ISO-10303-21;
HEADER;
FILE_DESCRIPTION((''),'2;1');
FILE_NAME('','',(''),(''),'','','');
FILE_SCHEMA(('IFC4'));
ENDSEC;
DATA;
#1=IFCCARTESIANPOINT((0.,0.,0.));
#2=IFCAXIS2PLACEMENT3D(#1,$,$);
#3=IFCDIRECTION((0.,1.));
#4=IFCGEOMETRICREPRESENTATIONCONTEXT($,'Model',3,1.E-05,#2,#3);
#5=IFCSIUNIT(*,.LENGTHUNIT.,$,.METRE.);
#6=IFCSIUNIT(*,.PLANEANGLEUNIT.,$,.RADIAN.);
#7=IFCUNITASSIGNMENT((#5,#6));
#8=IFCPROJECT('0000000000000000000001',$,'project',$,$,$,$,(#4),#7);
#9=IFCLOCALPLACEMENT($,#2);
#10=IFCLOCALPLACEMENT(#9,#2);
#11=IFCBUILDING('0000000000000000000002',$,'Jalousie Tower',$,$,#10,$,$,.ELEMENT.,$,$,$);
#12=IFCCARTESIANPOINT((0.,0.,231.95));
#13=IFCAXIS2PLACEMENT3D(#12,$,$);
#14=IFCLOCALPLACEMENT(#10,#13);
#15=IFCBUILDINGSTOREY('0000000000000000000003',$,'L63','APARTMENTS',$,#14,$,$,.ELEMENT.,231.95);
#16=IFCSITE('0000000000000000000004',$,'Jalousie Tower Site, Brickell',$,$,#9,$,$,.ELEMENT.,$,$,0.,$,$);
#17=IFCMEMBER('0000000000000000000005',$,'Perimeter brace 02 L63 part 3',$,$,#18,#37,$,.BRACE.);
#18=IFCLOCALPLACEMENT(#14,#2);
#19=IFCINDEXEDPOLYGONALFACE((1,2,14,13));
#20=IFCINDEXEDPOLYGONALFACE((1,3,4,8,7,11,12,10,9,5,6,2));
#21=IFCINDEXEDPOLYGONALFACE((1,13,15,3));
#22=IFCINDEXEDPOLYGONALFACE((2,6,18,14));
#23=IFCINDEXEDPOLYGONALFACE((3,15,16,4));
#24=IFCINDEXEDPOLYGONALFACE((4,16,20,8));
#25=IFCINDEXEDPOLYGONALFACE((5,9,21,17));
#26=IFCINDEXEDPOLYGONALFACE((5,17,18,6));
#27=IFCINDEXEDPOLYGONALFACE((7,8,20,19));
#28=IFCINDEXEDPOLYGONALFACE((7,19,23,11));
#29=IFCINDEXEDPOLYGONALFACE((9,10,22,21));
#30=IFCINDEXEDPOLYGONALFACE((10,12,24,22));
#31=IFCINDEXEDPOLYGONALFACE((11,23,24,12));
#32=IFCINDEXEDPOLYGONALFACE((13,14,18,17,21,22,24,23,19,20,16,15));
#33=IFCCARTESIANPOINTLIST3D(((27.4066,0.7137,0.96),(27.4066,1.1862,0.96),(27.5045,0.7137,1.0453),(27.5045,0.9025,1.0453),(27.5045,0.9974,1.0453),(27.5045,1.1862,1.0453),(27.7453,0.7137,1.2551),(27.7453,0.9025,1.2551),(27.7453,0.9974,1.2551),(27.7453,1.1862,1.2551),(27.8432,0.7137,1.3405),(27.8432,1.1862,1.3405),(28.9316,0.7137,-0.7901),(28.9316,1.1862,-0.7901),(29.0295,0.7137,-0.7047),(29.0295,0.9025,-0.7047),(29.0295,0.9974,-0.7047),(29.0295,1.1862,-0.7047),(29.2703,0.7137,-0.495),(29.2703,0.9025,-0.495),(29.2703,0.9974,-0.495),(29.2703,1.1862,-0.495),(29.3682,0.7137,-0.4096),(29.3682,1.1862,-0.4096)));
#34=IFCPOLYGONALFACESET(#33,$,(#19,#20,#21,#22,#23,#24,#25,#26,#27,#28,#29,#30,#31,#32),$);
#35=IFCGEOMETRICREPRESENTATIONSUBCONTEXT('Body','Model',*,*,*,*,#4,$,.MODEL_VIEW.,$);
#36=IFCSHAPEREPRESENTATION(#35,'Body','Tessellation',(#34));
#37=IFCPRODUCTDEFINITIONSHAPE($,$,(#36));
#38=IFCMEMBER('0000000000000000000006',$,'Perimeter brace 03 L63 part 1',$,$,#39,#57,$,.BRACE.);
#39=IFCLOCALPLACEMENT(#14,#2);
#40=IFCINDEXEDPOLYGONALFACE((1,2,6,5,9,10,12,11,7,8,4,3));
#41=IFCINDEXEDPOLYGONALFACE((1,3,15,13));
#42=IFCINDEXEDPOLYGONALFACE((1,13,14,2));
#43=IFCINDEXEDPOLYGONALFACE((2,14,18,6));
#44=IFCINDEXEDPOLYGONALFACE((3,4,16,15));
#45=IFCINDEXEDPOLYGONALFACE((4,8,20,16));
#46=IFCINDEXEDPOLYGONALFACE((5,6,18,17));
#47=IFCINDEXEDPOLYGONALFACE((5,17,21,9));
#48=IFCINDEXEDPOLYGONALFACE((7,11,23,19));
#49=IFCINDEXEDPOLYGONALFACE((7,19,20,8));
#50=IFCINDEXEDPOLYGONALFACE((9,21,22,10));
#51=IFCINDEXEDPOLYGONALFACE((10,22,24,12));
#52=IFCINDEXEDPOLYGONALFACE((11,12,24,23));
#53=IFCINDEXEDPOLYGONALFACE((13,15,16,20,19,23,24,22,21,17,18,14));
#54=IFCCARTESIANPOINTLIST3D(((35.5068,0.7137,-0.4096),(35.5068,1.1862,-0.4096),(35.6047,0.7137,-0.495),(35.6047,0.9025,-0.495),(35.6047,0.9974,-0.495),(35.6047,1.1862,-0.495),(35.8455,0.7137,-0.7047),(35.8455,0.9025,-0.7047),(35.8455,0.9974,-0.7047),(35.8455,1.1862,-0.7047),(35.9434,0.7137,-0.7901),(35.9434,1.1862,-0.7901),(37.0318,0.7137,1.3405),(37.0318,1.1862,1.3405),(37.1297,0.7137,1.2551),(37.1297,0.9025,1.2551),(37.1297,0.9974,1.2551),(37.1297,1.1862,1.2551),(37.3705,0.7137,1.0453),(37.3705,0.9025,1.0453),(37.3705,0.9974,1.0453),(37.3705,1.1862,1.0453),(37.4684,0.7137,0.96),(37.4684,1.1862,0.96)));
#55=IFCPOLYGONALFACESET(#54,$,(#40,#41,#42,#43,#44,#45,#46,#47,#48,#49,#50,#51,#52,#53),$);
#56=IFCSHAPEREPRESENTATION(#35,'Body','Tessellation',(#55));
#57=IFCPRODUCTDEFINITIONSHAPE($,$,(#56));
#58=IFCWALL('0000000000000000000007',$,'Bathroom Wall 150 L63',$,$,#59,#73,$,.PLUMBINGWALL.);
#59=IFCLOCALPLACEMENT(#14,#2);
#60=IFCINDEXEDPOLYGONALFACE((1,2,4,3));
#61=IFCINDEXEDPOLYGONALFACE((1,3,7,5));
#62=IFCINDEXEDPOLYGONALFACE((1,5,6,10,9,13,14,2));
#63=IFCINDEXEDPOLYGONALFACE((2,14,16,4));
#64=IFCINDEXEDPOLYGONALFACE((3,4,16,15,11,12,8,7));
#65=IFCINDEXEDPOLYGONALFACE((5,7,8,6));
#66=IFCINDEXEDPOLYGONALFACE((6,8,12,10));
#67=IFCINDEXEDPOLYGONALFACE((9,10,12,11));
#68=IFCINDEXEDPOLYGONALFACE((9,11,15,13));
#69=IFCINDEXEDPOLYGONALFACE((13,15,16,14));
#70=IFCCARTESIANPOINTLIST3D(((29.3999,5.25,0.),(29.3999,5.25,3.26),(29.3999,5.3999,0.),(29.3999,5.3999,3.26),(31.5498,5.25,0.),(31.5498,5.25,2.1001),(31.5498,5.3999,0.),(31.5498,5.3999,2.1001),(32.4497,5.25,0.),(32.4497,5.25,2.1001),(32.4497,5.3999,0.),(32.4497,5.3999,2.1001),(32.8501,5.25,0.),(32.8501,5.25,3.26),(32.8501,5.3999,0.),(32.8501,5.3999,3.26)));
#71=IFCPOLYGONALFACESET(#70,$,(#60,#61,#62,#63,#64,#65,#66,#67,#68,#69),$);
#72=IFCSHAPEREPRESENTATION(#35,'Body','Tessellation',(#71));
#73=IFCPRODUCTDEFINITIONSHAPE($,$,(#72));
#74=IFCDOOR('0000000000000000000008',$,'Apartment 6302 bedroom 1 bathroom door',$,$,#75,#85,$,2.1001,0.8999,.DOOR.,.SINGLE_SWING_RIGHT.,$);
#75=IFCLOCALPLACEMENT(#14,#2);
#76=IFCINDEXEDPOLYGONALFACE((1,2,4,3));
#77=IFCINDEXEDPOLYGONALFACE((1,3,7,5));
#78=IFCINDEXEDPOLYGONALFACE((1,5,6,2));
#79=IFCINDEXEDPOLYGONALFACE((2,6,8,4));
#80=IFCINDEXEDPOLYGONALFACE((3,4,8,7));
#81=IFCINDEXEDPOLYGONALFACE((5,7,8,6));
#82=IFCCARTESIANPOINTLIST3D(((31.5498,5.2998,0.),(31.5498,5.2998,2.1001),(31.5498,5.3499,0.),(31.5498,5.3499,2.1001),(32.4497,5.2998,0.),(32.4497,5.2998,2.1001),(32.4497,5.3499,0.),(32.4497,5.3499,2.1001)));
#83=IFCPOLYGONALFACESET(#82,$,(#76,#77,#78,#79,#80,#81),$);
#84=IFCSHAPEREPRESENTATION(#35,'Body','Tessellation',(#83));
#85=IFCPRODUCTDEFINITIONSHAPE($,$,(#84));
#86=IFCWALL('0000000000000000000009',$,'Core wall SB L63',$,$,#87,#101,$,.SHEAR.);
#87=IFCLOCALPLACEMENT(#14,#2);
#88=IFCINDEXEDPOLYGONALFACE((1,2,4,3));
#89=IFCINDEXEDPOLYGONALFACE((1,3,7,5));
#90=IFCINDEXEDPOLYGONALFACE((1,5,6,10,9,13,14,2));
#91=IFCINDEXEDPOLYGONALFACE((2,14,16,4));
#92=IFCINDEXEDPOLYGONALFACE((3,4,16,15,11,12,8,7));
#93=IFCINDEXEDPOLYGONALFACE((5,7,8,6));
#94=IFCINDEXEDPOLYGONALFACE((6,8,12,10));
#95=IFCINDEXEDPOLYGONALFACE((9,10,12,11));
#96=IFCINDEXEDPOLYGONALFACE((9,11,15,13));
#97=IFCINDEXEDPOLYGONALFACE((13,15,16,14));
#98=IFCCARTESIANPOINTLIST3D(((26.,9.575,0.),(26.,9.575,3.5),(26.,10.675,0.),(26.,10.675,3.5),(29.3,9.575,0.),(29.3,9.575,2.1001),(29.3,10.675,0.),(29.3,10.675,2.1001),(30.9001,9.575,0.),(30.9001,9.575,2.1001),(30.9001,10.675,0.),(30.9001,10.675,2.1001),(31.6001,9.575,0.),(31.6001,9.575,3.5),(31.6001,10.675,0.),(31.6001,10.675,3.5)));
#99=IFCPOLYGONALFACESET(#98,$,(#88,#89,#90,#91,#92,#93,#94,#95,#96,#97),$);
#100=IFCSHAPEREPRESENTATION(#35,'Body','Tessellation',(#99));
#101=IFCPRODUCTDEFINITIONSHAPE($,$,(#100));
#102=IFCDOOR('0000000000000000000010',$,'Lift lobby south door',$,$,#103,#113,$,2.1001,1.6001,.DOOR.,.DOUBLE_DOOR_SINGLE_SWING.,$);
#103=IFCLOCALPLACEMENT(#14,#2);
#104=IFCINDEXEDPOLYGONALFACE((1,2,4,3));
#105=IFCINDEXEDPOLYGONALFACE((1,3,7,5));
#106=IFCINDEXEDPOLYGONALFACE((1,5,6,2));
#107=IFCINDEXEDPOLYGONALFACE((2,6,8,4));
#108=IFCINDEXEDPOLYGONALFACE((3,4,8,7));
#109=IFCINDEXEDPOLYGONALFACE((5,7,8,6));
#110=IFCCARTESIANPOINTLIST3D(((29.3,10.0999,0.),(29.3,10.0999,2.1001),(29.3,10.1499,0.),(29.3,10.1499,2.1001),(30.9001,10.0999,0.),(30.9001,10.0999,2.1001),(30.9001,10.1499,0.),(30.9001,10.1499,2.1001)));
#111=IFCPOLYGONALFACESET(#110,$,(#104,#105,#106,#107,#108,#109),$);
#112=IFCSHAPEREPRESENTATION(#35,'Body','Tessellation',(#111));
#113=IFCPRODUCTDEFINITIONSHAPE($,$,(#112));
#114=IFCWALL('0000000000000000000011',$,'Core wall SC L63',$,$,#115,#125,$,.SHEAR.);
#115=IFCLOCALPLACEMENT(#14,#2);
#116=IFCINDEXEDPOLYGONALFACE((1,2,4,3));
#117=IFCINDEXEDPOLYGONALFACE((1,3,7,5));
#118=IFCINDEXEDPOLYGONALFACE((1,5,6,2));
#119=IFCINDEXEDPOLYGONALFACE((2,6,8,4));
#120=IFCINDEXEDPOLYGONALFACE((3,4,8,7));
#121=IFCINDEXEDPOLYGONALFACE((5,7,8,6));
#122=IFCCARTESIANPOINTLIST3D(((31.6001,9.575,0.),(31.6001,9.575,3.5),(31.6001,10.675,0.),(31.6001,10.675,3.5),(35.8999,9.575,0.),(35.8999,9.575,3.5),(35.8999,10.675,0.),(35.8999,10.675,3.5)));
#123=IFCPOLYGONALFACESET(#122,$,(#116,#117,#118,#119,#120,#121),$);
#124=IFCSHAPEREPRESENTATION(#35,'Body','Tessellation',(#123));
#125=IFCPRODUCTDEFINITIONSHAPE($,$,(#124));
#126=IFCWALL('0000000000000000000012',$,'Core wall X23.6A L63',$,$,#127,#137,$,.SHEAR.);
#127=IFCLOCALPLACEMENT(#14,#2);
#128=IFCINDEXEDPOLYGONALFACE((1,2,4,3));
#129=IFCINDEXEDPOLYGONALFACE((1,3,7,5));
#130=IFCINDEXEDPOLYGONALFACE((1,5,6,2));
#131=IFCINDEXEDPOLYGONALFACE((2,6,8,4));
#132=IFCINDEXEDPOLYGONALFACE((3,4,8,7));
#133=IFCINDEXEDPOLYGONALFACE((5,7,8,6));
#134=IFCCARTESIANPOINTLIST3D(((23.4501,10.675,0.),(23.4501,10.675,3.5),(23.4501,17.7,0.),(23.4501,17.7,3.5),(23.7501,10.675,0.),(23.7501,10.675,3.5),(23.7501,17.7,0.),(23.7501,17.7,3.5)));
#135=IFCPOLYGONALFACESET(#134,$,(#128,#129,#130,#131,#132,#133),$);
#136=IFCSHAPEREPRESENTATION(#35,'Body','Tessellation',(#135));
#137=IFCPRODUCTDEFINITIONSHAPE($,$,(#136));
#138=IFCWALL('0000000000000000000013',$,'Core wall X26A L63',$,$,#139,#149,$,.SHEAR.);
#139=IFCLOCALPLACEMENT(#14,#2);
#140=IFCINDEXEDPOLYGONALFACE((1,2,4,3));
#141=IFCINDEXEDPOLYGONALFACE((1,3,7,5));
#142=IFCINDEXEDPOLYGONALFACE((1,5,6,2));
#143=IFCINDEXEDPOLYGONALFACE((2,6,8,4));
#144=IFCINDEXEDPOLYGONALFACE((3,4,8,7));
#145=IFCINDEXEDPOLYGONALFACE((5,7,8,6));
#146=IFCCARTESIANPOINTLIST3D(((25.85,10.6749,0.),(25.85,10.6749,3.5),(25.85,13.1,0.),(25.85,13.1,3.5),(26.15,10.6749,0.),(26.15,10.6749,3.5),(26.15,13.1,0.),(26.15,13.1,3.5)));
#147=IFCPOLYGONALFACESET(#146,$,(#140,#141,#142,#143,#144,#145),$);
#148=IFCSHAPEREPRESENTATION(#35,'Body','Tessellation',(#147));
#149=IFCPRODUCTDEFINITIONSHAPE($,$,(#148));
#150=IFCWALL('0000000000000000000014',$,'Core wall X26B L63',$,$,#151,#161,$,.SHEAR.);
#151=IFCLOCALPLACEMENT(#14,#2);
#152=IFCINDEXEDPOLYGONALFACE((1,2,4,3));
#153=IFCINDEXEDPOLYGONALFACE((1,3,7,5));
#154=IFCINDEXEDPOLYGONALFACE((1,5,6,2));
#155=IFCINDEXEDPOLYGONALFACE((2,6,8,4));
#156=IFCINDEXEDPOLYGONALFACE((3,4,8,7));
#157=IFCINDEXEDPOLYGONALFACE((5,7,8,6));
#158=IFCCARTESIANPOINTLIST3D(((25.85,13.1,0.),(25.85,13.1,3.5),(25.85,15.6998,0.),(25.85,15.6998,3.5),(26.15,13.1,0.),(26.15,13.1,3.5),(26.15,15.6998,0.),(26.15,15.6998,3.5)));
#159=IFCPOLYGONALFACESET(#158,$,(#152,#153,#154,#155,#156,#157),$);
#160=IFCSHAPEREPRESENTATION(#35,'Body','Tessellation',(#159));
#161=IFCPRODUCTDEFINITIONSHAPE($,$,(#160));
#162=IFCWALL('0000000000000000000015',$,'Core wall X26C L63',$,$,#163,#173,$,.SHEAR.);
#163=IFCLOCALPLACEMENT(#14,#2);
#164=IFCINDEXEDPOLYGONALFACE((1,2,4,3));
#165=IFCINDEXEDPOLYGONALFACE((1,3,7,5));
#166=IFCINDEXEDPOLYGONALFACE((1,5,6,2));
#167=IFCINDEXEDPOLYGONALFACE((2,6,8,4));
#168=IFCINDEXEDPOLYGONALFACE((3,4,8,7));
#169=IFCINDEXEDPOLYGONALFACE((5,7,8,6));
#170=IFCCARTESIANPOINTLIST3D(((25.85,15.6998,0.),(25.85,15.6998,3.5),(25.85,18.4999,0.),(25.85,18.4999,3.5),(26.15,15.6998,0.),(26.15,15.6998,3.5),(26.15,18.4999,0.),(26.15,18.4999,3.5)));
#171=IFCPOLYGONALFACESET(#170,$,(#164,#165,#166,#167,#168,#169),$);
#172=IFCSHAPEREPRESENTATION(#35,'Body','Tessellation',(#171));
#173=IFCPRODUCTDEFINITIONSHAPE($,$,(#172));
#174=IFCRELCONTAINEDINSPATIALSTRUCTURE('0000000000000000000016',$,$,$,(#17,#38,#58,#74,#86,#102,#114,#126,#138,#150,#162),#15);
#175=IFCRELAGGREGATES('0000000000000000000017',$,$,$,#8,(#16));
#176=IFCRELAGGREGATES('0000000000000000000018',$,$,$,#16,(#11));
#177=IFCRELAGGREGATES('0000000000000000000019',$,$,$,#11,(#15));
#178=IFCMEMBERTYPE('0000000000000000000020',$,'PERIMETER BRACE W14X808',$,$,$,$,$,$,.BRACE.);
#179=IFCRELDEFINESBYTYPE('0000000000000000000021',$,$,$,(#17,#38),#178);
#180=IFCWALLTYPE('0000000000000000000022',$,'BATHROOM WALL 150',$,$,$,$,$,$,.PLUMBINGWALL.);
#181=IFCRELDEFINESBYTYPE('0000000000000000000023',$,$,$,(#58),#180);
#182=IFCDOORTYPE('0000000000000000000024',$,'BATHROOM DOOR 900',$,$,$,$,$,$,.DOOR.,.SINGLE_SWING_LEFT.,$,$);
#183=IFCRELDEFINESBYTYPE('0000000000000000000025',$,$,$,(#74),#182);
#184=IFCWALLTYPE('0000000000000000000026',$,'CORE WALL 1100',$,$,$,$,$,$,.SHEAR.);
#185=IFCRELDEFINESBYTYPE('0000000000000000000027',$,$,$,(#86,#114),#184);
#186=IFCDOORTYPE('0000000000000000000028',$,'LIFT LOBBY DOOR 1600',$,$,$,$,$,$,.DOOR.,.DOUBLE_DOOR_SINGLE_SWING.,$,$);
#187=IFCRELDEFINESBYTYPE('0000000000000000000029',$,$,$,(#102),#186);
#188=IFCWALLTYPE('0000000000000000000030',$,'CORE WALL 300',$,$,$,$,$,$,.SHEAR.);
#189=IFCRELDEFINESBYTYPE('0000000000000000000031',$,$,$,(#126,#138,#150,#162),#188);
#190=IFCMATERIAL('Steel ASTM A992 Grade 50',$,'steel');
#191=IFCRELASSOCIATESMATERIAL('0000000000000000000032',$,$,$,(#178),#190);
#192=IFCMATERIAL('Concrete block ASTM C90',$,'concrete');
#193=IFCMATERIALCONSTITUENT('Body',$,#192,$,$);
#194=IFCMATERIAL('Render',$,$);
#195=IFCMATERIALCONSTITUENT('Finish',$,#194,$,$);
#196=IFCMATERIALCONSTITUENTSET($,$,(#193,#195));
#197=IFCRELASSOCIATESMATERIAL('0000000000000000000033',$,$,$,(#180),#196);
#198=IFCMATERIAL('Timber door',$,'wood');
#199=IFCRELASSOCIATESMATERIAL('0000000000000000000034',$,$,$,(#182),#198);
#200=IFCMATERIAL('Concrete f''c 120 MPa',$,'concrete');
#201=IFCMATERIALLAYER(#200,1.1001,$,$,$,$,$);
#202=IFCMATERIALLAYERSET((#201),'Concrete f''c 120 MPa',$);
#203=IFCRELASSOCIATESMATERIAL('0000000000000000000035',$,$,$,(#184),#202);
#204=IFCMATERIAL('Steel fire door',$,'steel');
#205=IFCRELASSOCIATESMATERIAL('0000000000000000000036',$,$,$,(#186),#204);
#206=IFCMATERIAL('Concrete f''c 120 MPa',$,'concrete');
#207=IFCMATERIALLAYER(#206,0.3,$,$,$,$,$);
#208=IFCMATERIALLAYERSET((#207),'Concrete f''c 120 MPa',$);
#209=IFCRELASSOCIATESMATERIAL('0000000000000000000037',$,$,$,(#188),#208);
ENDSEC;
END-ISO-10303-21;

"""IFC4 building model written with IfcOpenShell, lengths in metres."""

from ifc_helpers import new_model, si_unit, direction, frame, frame_2d, origin, origin_2d, place, context, subcontext, project, spatial, rectangle, i_section, extrude, material, layer, layer_set, constituent, constituent_set, material_profile, profile_set, type_object, element, fill, save


model = new_model("IFC4")

# Units and contexts
model_context = context("Model", 3, precision=1e-05, world=origin(), true_north=direction((0.0, 1.0)))
body_context = subcontext(model_context, "Body", "Model", "MODEL_VIEW")
ifc_project = project(units=[si_unit("LENGTHUNIT", "METRE"), si_unit("PLANEANGLEUNIT", "RADIAN")], contexts=[model_context])

# Site, building, storey
site_placement = place(None, origin())
site = spatial("IfcSite", under=ifc_project, at=site_placement, Name="Jalousie Tower Site, Brickell", CompositionType="ELEMENT", RefElevation=0.0)
building_placement = place(site_placement, origin())
building = spatial("IfcBuilding", under=site, at=building_placement, Name="Jalousie Tower", CompositionType="ELEMENT")
storey_placement = place(building_placement, frame((0.0, 0.0, 231.95)))
storey = spatial("IfcBuildingStorey", under=building, at=storey_placement, Name="L63", Description="APARTMENTS", CompositionType="ELEMENT", Elevation=231.95)

# Members
ifc_material_1 = material(Name="Steel ASTM A992 Grade 50", Category="steel")
ifc_material_profile = material_profile(ifc_material_1, i_section(OverallWidth=0.4724, OverallDepth=0.5791, WebThickness=0.095, FlangeThickness=0.1299, at=origin_2d()), Name="W14X808")
ifc_profile_set = profile_set([ifc_material_profile], Name="Steel ASTM A992 Grade 50")
member_type = type_object("IfcMemberType", Name="PERIMETER BRACE W14X808", PredefinedType="BRACE", material=ifc_profile_set)
for number, where, z_axis, x_axis, name in (
    (1, (29.1499, 0.95, -0.5999), (-0.656954, 0.0, 0.75393), (0.0, -1.0, 0.0), "Perimeter brace 02 L63 part 3"),
    (2, (35.7251, 0.95, -0.5999), (0.656954, 0.0, 0.75393), (0.0, 1.0, 0.0), "Perimeter brace 03 L63 part 1"),
):
    element("IfcMember", number, at=place(storey_placement, frame(where, z_axis=z_axis, x_axis=x_axis)), inside=storey, type_object=member_type, Name=name, PredefinedType="BRACE", context=body_context, shape_type="SweptSolid", body=[
        extrude(i_section(OverallWidth=0.4724, OverallDepth=0.5791, WebThickness=0.095, FlangeThickness=0.1299, at=origin_2d()), origin(), (0.0, 0.0, 1.0), 2.3213),
    ])

# Walls, openings, doors
ifc_material_2 = material(Name="Concrete block ASTM C90", Category="concrete")
ifc_constituent_1 = constituent(ifc_material_2, Name="Body")
ifc_material_3 = material(Name="Render")
ifc_constituent_2 = constituent(ifc_material_3, Name="Finish")
ifc_constituent_set_1 = constituent_set(constituents=[ifc_constituent_1, ifc_constituent_2])
wall_type_1 = type_object("IfcWallType", Name="BATHROOM WALL 150", PredefinedType="PLUMBINGWALL", material=ifc_constituent_set_1)
wall_1_placement = place(storey_placement, frame((29.3999, 5.325, 0.0), z_axis=(0.0, 0.0, 1.0), x_axis=(1.0, 0.0, 0.0)))
wall_1 = element("IfcWall", 3, at=wall_1_placement, inside=storey, type_object=wall_type_1, Name="Bathroom Wall 150 L63", PredefinedType="PLUMBINGWALL", context=body_context, shape_type="SweptSolid", body=[
    extrude(rectangle(XDim=3.4502, YDim=0.1499, at=frame_2d((1.7251, 0.0))), origin(), (0.0, 0.0, 1.0), 3.26),
])
opening_1_placement = place(wall_1_placement, frame((2.1499, 0.0, 0.0)))
opening_1 = element("IfcOpeningElement", 4, at=opening_1_placement, cuts=wall_1, PredefinedType="OPENING", context=body_context, shape_type="SweptSolid", body=[
    extrude(rectangle(XDim=0.8999, YDim=2.1001, at=frame_2d((0.45, 1.05))), frame((0.0, 0.085, 0.0), z_axis=(0.0, -1.0, 0.0), x_axis=(1.0, 0.0, 0.0)), (0.0, 0.0, 1.0), 0.1699),
])
ifc_material_4 = material(Name="Timber door", Category="wood")
door_type_1 = type_object("IfcDoorType", Name="BATHROOM DOOR 900", OperationType="SINGLE_SWING_LEFT", PredefinedType="DOOR", material=ifc_material_4)
door_1_placement = place(opening_1_placement, origin())
door_1 = element("IfcDoor", 5, at=door_1_placement, inside=storey, type_object=door_type_1, Name="Apartment 6302 bedroom 1 bathroom door", OperationType="SINGLE_SWING_RIGHT", OverallHeight=2.1001, OverallWidth=0.8999, PredefinedType="DOOR", context=body_context, shape_type="SweptSolid", body=[
    extrude(rectangle(XDim=0.8999, YDim=2.1001, at=frame_2d((0.45, 1.05))), frame((0.0, 0.0249, 0.0), z_axis=(0.0, -1.0, 0.0), x_axis=(1.0, 0.0, 0.0)), (0.0, 0.0, 1.0), 0.05),
])
fill(opening_1, door_1)
ifc_material_5 = material(Name="Concrete f'c 120 MPa", Category="concrete")
ifc_layer_1 = layer(ifc_material_5, 1.1001)
ifc_layer_set_1 = layer_set([ifc_layer_1], Name="Concrete f'c 120 MPa")
wall_type_2 = type_object("IfcWallType", Name="CORE WALL 1100", PredefinedType="SHEAR", material=ifc_layer_set_1)
wall_2_placement = place(storey_placement, frame((26.0, 10.125, 0.0), z_axis=(0.0, 0.0, 1.0), x_axis=(1.0, 0.0, 0.0)))
wall_2 = element("IfcWall", 6, at=wall_2_placement, inside=storey, type_object=wall_type_2, Name="Core wall SB L63", PredefinedType="SHEAR", context=body_context, shape_type="SweptSolid", body=[
    extrude(rectangle(XDim=5.6001, YDim=1.1001, at=frame_2d((2.8, 0.0))), origin(), (0.0, 0.0, 1.0), 3.5),
])
opening_2_placement = place(wall_2_placement, frame((3.3, 0.0, 0.0)))
opening_2 = element("IfcOpeningElement", 7, at=opening_2_placement, cuts=wall_2, PredefinedType="OPENING", context=body_context, shape_type="SweptSolid", body=[
    extrude(rectangle(XDim=1.6001, YDim=2.1001, at=frame_2d((0.8, 1.05))), frame((0.0, 0.5601, 0.0), z_axis=(0.0, -1.0, 0.0), x_axis=(1.0, 0.0, 0.0)), (0.0, 0.0, 1.0), 1.1201),
])
ifc_material_6 = material(Name="Steel fire door", Category="steel")
door_type_2 = type_object("IfcDoorType", Name="LIFT LOBBY DOOR 1600", OperationType="DOUBLE_DOOR_SINGLE_SWING", PredefinedType="DOOR", material=ifc_material_6)
door_2_placement = place(opening_2_placement, origin())
door_2 = element("IfcDoor", 8, at=door_2_placement, inside=storey, type_object=door_type_2, Name="Lift lobby south door", OperationType="DOUBLE_DOOR_SINGLE_SWING", OverallHeight=2.1001, OverallWidth=1.6001, PredefinedType="DOOR", context=body_context, shape_type="SweptSolid", body=[
    extrude(rectangle(XDim=1.6001, YDim=2.1001, at=frame_2d((0.8, 1.05))), frame((0.0, 0.0249, 0.0), z_axis=(0.0, -1.0, 0.0), x_axis=(1.0, 0.0, 0.0)), (0.0, 0.0, 1.0), 0.05),
])
fill(opening_2, door_2)

# Walls
wall_3_placement = place(storey_placement, frame((31.6001, 10.125, 0.0), z_axis=(0.0, 0.0, 1.0), x_axis=(1.0, 0.0, 0.0)))
element("IfcWall", 9, at=wall_3_placement, inside=storey, type_object=wall_type_2, Name="Core wall SC L63", PredefinedType="SHEAR", context=body_context, shape_type="SweptSolid", body=[
    extrude(rectangle(XDim=4.2998, YDim=1.1001, at=frame_2d((2.1499, 0.0))), origin(), (0.0, 0.0, 1.0), 3.5),
])
ifc_material_7 = material(Name="Concrete f'c 120 MPa", Category="concrete")
ifc_layer_2 = layer(ifc_material_7, 0.3)
ifc_layer_set_2 = layer_set([ifc_layer_2], Name="Concrete f'c 120 MPa")
wall_type_3 = type_object("IfcWallType", Name="CORE WALL 300", PredefinedType="SHEAR", material=ifc_layer_set_2)
wall_4_placement = place(storey_placement, frame((23.6001, 10.675, 0.0), z_axis=(0.0, 0.0, 1.0), x_axis=(0.0, 1.0, 0.0)))
element("IfcWall", 10, at=wall_4_placement, inside=storey, type_object=wall_type_3, Name="Core wall X23.6A L63", PredefinedType="SHEAR", context=body_context, shape_type="SweptSolid", body=[
    extrude(rectangle(XDim=7.0249, YDim=0.3, at=frame_2d((3.5125, 0.0))), origin(), (0.0, 0.0, 1.0), 3.5),
])
wall_5_placement = place(storey_placement, frame((26.0, 10.675, 0.0), z_axis=(0.0, 0.0, 1.0), x_axis=(0.0, 1.0, 0.0)))
element("IfcWall", 11, at=wall_5_placement, inside=storey, type_object=wall_type_3, Name="Core wall X26A L63", PredefinedType="SHEAR", context=body_context, shape_type="SweptSolid", body=[
    extrude(rectangle(XDim=2.425, YDim=0.3, at=frame_2d((1.2124, 0.0))), origin(), (0.0, 0.0, 1.0), 3.5),
])
wall_6_placement = place(storey_placement, frame((26.0, 13.1001, 0.0), z_axis=(0.0, 0.0, 1.0), x_axis=(0.0, 1.0, 0.0)))
element("IfcWall", 12, at=wall_6_placement, inside=storey, type_object=wall_type_3, Name="Core wall X26B L63", PredefinedType="SHEAR", context=body_context, shape_type="SweptSolid", body=[
    extrude(rectangle(XDim=2.5999, YDim=0.3, at=frame_2d((1.2998, 0.0))), origin(), (0.0, 0.0, 1.0), 3.5),
])
wall_7_placement = place(storey_placement, frame((26.0, 15.7, 0.0), z_axis=(0.0, 0.0, 1.0), x_axis=(0.0, 1.0, 0.0)))
element("IfcWall", 13, at=wall_7_placement, inside=storey, type_object=wall_type_3, Name="Core wall X26C L63", PredefinedType="SHEAR", context=body_context, shape_type="SweptSolid", body=[
    extrude(rectangle(XDim=2.8, YDim=0.3, at=frame_2d((1.3999, 0.0))), origin(), (0.0, 0.0, 1.0), 3.5),
])

save(model, "model.ifc")
